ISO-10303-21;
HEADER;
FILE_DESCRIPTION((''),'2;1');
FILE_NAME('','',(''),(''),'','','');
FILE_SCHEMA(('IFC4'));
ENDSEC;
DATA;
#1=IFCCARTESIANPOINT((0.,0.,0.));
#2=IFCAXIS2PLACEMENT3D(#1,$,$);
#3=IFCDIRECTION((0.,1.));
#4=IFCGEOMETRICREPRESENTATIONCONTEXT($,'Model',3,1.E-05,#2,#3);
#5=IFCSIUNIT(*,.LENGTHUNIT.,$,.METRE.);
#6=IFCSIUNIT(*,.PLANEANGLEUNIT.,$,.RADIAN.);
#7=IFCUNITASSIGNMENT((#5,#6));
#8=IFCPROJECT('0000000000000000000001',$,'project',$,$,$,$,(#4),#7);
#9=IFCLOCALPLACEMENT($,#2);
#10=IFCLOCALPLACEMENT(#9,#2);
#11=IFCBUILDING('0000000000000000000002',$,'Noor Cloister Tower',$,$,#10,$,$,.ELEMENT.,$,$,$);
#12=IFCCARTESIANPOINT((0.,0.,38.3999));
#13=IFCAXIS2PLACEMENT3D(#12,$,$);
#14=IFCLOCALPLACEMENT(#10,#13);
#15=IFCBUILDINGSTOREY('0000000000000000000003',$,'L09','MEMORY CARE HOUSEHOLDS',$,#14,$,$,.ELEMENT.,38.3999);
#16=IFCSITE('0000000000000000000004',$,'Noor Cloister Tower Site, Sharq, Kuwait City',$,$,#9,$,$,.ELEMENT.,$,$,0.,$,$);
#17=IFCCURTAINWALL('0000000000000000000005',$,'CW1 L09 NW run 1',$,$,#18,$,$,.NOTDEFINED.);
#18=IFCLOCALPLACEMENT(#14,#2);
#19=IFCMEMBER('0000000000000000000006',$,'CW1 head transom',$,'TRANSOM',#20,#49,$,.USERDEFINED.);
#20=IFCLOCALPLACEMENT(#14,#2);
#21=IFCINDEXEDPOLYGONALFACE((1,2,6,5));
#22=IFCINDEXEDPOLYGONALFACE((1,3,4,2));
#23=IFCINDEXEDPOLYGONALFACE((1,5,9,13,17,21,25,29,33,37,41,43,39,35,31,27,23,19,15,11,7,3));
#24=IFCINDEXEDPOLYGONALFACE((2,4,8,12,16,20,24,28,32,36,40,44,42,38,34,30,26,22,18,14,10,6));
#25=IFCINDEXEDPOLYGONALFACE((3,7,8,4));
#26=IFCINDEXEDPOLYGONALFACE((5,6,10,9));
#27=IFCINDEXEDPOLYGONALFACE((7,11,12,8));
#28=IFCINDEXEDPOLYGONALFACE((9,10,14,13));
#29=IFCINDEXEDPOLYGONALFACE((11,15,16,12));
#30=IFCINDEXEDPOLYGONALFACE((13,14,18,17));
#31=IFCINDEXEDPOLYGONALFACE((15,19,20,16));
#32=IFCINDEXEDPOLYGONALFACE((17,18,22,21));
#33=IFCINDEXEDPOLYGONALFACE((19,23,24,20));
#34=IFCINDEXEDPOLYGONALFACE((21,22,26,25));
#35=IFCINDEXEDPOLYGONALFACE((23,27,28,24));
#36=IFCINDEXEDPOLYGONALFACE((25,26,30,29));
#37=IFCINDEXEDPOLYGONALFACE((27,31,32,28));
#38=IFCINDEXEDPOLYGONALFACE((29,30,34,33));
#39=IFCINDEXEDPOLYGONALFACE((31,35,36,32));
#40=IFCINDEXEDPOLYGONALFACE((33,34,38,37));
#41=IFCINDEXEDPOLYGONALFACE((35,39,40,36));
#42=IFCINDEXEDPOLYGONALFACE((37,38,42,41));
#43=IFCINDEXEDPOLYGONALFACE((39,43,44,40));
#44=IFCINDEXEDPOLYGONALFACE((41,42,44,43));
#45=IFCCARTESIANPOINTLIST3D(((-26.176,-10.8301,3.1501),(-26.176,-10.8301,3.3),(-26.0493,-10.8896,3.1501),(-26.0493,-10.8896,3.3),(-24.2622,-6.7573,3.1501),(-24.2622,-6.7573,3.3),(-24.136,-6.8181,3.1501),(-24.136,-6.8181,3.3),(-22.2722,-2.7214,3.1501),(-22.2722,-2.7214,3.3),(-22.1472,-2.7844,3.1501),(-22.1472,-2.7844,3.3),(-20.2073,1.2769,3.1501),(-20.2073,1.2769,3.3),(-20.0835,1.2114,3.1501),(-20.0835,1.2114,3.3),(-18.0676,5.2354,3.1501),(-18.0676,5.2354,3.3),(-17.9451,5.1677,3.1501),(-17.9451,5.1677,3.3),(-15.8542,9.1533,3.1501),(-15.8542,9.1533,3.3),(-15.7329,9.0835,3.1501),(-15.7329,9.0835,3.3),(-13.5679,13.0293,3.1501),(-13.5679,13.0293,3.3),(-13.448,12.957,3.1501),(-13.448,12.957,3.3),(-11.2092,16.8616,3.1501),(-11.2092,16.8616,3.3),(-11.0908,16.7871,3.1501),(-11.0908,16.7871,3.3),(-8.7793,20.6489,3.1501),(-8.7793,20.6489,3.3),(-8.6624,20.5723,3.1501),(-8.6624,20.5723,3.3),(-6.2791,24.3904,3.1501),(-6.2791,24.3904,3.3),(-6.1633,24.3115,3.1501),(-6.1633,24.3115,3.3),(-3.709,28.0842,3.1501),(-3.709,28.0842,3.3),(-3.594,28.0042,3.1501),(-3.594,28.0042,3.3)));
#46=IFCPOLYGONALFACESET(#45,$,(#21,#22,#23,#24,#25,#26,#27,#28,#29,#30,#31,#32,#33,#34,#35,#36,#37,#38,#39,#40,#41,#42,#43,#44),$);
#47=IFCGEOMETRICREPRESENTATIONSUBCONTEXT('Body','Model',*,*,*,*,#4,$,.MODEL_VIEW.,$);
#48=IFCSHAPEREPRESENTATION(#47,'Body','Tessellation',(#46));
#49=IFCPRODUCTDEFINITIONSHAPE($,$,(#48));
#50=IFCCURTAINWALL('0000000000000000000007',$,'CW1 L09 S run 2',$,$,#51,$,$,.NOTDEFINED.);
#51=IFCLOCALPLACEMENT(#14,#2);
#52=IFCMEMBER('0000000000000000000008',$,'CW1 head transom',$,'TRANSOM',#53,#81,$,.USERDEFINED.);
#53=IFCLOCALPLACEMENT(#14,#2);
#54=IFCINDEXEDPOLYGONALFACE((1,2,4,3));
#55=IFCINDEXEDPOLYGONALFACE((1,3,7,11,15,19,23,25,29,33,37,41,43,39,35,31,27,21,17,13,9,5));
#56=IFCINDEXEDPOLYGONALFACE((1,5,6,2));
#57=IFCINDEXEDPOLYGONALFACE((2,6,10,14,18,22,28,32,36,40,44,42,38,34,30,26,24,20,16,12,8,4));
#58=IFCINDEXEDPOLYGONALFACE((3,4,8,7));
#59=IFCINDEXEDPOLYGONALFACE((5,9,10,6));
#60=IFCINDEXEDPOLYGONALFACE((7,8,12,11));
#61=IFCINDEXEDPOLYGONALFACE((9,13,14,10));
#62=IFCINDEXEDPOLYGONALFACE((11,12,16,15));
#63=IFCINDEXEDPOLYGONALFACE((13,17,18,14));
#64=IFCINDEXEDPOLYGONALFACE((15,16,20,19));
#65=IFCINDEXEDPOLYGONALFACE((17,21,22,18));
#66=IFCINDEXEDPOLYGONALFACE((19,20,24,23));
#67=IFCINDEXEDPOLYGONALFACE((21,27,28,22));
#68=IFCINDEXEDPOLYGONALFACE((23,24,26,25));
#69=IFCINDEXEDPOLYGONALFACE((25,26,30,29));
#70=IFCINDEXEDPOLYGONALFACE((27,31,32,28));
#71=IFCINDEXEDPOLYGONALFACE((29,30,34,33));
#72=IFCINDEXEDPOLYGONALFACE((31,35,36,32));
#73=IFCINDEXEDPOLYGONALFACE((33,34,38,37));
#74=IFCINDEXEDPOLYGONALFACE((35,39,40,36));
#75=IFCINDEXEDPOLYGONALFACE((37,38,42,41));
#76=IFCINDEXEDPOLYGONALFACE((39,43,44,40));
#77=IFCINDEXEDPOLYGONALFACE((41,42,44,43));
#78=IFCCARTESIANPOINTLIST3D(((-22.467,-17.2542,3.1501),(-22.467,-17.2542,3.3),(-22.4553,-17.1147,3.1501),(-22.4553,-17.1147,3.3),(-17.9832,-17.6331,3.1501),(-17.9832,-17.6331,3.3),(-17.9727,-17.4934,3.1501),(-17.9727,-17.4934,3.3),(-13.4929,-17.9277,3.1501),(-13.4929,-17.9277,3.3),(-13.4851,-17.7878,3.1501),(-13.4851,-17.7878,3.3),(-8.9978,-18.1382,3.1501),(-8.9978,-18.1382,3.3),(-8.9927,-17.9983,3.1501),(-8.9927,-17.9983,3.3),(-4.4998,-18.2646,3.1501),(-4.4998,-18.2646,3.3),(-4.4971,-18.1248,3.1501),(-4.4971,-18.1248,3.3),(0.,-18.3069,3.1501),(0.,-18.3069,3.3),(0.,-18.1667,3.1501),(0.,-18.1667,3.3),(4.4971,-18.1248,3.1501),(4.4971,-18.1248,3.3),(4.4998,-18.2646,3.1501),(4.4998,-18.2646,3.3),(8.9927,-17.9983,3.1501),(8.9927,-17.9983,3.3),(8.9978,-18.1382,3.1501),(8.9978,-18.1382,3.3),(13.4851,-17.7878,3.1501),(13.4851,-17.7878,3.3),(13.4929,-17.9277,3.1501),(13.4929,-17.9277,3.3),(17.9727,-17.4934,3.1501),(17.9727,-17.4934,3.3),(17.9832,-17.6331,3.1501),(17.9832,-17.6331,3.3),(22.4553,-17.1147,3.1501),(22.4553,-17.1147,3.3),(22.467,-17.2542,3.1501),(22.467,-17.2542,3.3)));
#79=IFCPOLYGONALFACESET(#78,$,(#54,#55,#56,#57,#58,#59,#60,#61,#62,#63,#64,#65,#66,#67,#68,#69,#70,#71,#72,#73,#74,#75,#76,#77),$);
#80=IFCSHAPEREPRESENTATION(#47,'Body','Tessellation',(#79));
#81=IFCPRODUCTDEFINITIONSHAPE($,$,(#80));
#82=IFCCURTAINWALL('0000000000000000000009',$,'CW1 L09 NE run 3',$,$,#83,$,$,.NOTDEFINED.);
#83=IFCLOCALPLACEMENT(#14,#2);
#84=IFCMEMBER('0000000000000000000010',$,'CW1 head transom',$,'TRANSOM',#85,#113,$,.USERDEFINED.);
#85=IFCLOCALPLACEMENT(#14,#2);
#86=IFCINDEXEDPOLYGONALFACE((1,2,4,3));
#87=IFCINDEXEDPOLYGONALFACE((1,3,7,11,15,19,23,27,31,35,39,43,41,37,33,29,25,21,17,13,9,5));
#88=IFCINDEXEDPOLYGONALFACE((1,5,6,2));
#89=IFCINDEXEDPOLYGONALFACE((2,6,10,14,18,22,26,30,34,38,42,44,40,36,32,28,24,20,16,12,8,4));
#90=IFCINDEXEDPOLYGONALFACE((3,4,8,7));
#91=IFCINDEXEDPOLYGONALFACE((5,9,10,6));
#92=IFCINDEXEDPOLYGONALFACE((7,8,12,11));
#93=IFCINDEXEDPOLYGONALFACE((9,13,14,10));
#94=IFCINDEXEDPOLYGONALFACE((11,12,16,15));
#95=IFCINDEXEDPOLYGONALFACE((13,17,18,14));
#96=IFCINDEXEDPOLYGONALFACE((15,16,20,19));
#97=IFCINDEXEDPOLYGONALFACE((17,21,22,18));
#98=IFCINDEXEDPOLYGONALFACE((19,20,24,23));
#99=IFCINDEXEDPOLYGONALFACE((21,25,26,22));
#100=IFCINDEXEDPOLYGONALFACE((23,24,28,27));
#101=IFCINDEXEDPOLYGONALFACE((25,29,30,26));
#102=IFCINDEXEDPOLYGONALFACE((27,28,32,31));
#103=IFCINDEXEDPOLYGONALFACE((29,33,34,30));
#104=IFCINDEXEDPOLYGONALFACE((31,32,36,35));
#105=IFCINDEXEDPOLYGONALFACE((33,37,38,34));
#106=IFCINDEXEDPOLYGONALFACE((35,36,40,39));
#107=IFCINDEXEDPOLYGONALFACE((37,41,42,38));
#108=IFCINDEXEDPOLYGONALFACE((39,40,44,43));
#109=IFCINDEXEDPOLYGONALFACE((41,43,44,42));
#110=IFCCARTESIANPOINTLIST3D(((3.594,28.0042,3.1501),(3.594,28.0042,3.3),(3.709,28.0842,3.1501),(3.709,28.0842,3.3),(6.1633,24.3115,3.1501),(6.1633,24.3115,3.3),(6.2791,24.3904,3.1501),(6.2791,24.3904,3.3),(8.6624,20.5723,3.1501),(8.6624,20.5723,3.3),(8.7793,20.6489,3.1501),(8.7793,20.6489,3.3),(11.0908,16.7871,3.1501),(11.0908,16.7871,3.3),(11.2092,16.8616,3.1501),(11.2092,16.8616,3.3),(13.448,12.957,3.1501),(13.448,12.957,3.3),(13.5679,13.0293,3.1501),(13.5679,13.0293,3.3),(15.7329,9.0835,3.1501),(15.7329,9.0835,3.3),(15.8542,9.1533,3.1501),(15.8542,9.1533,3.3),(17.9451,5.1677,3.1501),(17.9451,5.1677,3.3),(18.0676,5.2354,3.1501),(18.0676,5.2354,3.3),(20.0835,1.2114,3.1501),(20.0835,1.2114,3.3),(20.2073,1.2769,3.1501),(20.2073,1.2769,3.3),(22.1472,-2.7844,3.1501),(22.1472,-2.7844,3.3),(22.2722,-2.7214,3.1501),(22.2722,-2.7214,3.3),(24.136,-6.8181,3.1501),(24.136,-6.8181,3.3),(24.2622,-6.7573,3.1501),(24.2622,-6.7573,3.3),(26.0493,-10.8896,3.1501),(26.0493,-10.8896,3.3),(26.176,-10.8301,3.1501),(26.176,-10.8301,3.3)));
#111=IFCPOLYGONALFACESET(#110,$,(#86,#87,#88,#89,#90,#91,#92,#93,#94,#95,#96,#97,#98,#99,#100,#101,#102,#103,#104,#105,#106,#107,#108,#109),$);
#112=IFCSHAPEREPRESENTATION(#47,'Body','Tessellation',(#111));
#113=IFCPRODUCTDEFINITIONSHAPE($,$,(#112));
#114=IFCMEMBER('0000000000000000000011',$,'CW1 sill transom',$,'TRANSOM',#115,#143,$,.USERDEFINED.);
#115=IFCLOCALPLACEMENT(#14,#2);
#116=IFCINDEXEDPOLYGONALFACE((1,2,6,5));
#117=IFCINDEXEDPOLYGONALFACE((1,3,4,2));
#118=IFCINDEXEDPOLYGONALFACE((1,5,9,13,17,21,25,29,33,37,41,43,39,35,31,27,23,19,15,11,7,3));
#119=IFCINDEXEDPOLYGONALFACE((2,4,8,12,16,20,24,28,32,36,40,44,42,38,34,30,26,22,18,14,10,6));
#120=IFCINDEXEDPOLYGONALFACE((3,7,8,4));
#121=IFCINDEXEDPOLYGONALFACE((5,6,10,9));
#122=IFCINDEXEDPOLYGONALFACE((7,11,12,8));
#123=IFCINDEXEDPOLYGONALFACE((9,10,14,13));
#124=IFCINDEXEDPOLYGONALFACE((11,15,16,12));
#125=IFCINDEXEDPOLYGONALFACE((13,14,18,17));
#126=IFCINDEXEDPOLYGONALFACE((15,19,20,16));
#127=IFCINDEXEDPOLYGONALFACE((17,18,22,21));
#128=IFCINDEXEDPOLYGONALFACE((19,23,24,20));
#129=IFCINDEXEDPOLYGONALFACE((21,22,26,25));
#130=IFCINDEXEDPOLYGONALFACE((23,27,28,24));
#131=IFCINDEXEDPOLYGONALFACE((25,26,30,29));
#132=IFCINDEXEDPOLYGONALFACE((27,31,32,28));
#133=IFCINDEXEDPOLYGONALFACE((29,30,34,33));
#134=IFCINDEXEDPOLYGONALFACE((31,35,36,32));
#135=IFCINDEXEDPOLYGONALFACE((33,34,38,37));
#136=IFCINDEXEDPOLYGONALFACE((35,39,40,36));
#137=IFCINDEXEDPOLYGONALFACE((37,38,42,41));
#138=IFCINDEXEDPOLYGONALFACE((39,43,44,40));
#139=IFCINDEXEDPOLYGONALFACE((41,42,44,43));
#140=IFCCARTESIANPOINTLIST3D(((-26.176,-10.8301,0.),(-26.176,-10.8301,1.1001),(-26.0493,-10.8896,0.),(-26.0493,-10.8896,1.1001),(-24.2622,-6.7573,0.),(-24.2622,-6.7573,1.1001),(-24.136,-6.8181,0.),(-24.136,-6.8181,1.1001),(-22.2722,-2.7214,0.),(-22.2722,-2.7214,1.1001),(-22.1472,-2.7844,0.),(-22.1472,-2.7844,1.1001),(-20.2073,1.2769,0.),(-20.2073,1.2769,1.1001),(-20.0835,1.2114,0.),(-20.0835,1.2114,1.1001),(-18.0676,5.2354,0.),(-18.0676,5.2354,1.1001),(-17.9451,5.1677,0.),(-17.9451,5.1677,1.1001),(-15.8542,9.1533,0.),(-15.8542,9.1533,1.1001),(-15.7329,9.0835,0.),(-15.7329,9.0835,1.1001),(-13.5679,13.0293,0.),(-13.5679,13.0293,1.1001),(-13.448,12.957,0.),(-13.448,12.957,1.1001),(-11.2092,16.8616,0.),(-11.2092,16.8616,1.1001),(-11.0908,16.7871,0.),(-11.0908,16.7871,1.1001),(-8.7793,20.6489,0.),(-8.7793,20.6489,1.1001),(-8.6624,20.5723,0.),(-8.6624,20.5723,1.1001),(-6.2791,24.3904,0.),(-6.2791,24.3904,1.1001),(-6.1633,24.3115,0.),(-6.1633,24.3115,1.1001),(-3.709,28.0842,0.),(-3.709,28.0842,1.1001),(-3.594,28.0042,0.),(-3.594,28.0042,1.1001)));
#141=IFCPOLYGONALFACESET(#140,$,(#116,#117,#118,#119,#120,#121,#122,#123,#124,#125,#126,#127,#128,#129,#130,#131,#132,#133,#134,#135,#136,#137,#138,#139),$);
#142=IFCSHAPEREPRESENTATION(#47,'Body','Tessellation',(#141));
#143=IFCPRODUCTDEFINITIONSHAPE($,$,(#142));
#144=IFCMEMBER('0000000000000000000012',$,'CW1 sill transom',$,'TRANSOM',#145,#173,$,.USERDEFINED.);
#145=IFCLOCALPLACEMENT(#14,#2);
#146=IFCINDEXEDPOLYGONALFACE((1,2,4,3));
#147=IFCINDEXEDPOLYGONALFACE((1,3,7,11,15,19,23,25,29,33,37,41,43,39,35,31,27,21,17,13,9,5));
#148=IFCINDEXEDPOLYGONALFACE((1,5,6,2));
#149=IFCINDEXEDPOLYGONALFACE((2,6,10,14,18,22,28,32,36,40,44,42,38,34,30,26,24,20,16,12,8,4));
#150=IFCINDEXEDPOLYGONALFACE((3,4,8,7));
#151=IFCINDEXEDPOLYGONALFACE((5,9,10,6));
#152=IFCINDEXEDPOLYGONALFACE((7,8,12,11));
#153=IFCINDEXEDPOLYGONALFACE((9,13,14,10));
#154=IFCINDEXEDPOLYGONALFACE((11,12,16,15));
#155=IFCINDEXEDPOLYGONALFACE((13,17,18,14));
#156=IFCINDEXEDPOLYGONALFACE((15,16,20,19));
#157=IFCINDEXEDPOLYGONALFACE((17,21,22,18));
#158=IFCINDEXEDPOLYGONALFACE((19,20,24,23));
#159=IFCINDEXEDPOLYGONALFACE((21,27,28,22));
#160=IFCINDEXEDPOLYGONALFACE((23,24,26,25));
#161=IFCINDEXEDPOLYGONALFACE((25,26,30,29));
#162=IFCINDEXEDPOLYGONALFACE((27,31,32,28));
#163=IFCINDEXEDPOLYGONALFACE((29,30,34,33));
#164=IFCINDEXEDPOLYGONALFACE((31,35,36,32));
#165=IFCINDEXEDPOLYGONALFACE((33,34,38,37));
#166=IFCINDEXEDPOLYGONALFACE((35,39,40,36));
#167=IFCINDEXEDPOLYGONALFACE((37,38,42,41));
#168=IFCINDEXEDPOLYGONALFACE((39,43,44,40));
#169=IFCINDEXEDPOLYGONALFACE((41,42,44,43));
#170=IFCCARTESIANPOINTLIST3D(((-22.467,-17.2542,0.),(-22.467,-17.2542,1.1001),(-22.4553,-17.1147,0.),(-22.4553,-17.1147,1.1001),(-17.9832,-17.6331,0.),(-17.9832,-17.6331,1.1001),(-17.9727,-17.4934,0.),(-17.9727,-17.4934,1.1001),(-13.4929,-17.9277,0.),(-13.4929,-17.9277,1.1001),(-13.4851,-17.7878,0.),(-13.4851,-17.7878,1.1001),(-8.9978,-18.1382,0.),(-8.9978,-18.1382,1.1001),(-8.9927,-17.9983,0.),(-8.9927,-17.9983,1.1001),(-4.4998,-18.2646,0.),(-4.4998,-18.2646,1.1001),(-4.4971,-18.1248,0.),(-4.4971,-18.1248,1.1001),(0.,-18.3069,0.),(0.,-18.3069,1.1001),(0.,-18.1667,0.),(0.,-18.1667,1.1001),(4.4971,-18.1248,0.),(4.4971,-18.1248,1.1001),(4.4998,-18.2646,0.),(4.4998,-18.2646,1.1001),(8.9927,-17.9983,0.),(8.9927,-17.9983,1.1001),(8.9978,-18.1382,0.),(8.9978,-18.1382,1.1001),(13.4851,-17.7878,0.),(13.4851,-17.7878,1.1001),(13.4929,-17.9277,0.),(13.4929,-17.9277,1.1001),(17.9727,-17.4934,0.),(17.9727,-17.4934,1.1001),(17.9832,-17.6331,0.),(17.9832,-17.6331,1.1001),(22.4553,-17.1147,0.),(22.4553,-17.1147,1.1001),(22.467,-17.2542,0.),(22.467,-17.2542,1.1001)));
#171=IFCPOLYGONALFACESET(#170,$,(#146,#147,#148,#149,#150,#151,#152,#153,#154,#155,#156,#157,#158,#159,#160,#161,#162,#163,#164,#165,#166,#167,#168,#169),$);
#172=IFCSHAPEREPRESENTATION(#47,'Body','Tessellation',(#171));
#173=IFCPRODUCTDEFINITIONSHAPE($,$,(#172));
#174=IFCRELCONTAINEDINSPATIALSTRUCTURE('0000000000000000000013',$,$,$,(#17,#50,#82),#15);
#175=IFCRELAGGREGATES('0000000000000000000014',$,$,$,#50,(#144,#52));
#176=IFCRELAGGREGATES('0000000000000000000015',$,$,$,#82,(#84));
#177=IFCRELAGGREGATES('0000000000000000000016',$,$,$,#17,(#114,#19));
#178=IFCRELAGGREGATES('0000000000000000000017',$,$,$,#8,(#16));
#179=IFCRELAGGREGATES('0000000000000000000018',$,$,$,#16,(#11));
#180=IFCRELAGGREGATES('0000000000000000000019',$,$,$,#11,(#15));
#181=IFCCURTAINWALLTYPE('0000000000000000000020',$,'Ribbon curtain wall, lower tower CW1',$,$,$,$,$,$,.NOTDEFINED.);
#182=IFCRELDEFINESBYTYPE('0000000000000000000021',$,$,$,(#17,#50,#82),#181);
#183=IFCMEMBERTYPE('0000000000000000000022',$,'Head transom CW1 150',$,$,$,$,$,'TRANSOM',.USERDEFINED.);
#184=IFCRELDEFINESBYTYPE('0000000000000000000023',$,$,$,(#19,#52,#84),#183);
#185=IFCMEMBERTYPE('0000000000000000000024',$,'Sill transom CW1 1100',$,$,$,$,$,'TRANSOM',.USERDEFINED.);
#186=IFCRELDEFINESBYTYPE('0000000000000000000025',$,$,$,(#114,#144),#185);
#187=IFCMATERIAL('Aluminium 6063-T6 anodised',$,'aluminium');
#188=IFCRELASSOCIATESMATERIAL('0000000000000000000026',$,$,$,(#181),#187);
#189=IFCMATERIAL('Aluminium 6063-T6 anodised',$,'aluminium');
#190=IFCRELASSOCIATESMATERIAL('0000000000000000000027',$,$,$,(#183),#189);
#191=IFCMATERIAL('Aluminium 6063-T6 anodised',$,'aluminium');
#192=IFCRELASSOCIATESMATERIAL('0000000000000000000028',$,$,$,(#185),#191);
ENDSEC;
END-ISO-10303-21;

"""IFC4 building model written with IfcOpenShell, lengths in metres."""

from ifc_helpers import new_model, si_unit, direction, frame, origin, place, context, subcontext, project, spatial, polyline, outline, extrude, material, type_object, element, aggregate, save


model = new_model("IFC4")

# Units and contexts
model_context = context("Model", 3, precision=1e-05, world=origin(), true_north=direction((0.0, 1.0)))
body_context = subcontext(model_context, "Body", "Model", "MODEL_VIEW")
ifc_project = project(units=[si_unit("LENGTHUNIT", "METRE"), si_unit("PLANEANGLEUNIT", "RADIAN")], contexts=[model_context])

# Site, building, storey
site_placement = place(None, origin())
site = spatial("IfcSite", under=ifc_project, at=site_placement, Name="Noor Cloister Tower Site, Sharq, Kuwait City", CompositionType="ELEMENT", RefElevation=0.0)
building_placement = place(site_placement, origin())
building = spatial("IfcBuilding", under=site, at=building_placement, Name="Noor Cloister Tower", CompositionType="ELEMENT")
storey_placement = place(building_placement, frame((0.0, 0.0, 38.3999)))
storey = spatial("IfcBuildingStorey", under=building, at=storey_placement, Name="L09", Description="MEMORY CARE HOUSEHOLDS", CompositionType="ELEMENT", Elevation=38.3999)

# Curtain walls, members
ifc_material_1 = material(Name="Aluminium 6063-T6 anodised", Category="aluminium")
curtain_wall_type = type_object("IfcCurtainWallType", Name="Ribbon curtain wall, lower tower CW1", PredefinedType="NOTDEFINED", material=ifc_material_1)
curtain_wall_1_placement = place(storey_placement, origin())
curtain_wall_1 = element("IfcCurtainWall", 1, at=curtain_wall_1_placement, inside=storey, type_object=curtain_wall_type, Name="CW1 L09 NW run 1", PredefinedType="NOTDEFINED")
ifc_material_2 = material(Name="Aluminium 6063-T6 anodised", Category="aluminium")
member_type_1 = type_object("IfcMemberType", Name="Head transom CW1 150", ElementType="TRANSOM", PredefinedType="USERDEFINED", material=ifc_material_2)
member_1_placement = place(storey_placement, frame((0.0, 0.0, 3.1501)))
member_1 = element("IfcMember", 2, at=member_1_placement, type_object=member_type_1, Name="CW1 head transom", ObjectType="TRANSOM", PredefinedType="USERDEFINED", context=body_context, shape_type="SweptSolid", body=[
    extrude(outline(polyline([(-3.709, 28.0842), (-6.2791, 24.3904), (-8.7793, 20.6489), (-11.2092, 16.8616), (-13.5679, 13.0293), (-15.8542, 9.1533), (-18.0676, 5.2354), (-20.2073, 1.2769), (-22.2722, -2.7214), (-24.2622, -6.7573), (-26.176, -10.8301), (-26.0493, -10.8896), (-24.136, -6.8181), (-22.1472, -2.7844), (-20.0835, 1.2114), (-17.9451, 5.1677), (-15.7329, 9.0835), (-13.448, 12.957), (-11.0908, 16.7871), (-8.6624, 20.5723), (-6.1633, 24.3115), (-3.594, 28.0042), (-3.709, 28.0842)])), origin(), (0.0, 0.0, 1.0), 0.1499),
])
curtain_wall_2_placement = place(storey_placement, origin())
curtain_wall_2 = element("IfcCurtainWall", 3, at=curtain_wall_2_placement, inside=storey, type_object=curtain_wall_type, Name="CW1 L09 S run 2", PredefinedType="NOTDEFINED")
member_2_placement = place(storey_placement, frame((0.0, 0.0, 3.1501)))
member_2 = element("IfcMember", 4, at=member_2_placement, type_object=member_type_1, Name="CW1 head transom", ObjectType="TRANSOM", PredefinedType="USERDEFINED", context=body_context, shape_type="SweptSolid", body=[
    extrude(outline(polyline([(-22.467, -17.2542), (-17.9832, -17.6331), (-13.4929, -17.9277), (-8.9978, -18.1382), (-4.4998, -18.2646), (0.0, -18.3069), (4.4998, -18.2646), (8.9978, -18.1382), (13.4929, -17.9277), (17.9832, -17.6331), (22.467, -17.2542), (22.4553, -17.1147), (17.9727, -17.4934), (13.4851, -17.7878), (8.9927, -17.9983), (4.4971, -18.1248), (0.0, -18.1667), (-4.4971, -18.1248), (-8.9927, -17.9983), (-13.4851, -17.7878), (-17.9727, -17.4934), (-22.4553, -17.1147), (-22.467, -17.2542)])), origin(), (0.0, 0.0, 1.0), 0.1499),
])
curtain_wall_3_placement = place(storey_placement, origin())
curtain_wall_3 = element("IfcCurtainWall", 5, at=curtain_wall_3_placement, inside=storey, type_object=curtain_wall_type, Name="CW1 L09 NE run 3", PredefinedType="NOTDEFINED")
member_3_placement = place(storey_placement, frame((0.0, 0.0, 3.1501)))
member_3 = element("IfcMember", 6, at=member_3_placement, type_object=member_type_1, Name="CW1 head transom", ObjectType="TRANSOM", PredefinedType="USERDEFINED", context=body_context, shape_type="SweptSolid", body=[
    extrude(outline(polyline([(26.176, -10.8301), (24.2622, -6.7573), (22.2722, -2.7214), (20.2073, 1.2769), (18.0676, 5.2354), (15.8542, 9.1533), (13.5679, 13.0293), (11.2092, 16.8616), (8.7793, 20.6489), (6.2791, 24.3904), (3.709, 28.0842), (3.594, 28.0042), (6.1633, 24.3115), (8.6624, 20.5723), (11.0908, 16.7871), (13.448, 12.957), (15.7329, 9.0835), (17.9451, 5.1677), (20.0835, 1.2114), (22.1472, -2.7844), (24.136, -6.8181), (26.0493, -10.8896), (26.176, -10.8301)])), origin(), (0.0, 0.0, 1.0), 0.1499),
])

# Members
ifc_material_3 = material(Name="Aluminium 6063-T6 anodised", Category="aluminium")
member_type_2 = type_object("IfcMemberType", Name="Sill transom CW1 1100", ElementType="TRANSOM", PredefinedType="USERDEFINED", material=ifc_material_3)
member_4_placement = place(storey_placement, origin())
member_4 = element("IfcMember", 7, at=member_4_placement, type_object=member_type_2, Name="CW1 sill transom", ObjectType="TRANSOM", PredefinedType="USERDEFINED", context=body_context, shape_type="SweptSolid", body=[
    extrude(outline(polyline([(-3.709, 28.0842), (-6.2791, 24.3904), (-8.7793, 20.6489), (-11.2092, 16.8616), (-13.5679, 13.0293), (-15.8542, 9.1533), (-18.0676, 5.2354), (-20.2073, 1.2769), (-22.2722, -2.7214), (-24.2622, -6.7573), (-26.176, -10.8301), (-26.0493, -10.8896), (-24.136, -6.8181), (-22.1472, -2.7844), (-20.0835, 1.2114), (-17.9451, 5.1677), (-15.7329, 9.0835), (-13.448, 12.957), (-11.0908, 16.7871), (-8.6624, 20.5723), (-6.1633, 24.3115), (-3.594, 28.0042), (-3.709, 28.0842)])), origin(), (0.0, 0.0, 1.0), 1.1001),
])
member_5_placement = place(storey_placement, origin())
member_5 = element("IfcMember", 8, at=member_5_placement, type_object=member_type_2, Name="CW1 sill transom", ObjectType="TRANSOM", PredefinedType="USERDEFINED", context=body_context, shape_type="SweptSolid", body=[
    extrude(outline(polyline([(-22.467, -17.2542), (-17.9832, -17.6331), (-13.4929, -17.9277), (-8.9978, -18.1382), (-4.4998, -18.2646), (0.0, -18.3069), (4.4998, -18.2646), (8.9978, -18.1382), (13.4929, -17.9277), (17.9832, -17.6331), (22.467, -17.2542), (22.4553, -17.1147), (17.9727, -17.4934), (13.4851, -17.7878), (8.9927, -17.9983), (4.4971, -18.1248), (0.0, -18.1667), (-4.4971, -18.1248), (-8.9927, -17.9983), (-13.4851, -17.7878), (-17.9727, -17.4934), (-22.4553, -17.1147), (-22.467, -17.2542)])), origin(), (0.0, 0.0, 1.0), 1.1001),
])
aggregate(curtain_wall_2, [member_5, member_2])
aggregate(curtain_wall_3, [member_3])

aggregate(curtain_wall_1, [member_4, member_1])

save(model, "model.ifc")
